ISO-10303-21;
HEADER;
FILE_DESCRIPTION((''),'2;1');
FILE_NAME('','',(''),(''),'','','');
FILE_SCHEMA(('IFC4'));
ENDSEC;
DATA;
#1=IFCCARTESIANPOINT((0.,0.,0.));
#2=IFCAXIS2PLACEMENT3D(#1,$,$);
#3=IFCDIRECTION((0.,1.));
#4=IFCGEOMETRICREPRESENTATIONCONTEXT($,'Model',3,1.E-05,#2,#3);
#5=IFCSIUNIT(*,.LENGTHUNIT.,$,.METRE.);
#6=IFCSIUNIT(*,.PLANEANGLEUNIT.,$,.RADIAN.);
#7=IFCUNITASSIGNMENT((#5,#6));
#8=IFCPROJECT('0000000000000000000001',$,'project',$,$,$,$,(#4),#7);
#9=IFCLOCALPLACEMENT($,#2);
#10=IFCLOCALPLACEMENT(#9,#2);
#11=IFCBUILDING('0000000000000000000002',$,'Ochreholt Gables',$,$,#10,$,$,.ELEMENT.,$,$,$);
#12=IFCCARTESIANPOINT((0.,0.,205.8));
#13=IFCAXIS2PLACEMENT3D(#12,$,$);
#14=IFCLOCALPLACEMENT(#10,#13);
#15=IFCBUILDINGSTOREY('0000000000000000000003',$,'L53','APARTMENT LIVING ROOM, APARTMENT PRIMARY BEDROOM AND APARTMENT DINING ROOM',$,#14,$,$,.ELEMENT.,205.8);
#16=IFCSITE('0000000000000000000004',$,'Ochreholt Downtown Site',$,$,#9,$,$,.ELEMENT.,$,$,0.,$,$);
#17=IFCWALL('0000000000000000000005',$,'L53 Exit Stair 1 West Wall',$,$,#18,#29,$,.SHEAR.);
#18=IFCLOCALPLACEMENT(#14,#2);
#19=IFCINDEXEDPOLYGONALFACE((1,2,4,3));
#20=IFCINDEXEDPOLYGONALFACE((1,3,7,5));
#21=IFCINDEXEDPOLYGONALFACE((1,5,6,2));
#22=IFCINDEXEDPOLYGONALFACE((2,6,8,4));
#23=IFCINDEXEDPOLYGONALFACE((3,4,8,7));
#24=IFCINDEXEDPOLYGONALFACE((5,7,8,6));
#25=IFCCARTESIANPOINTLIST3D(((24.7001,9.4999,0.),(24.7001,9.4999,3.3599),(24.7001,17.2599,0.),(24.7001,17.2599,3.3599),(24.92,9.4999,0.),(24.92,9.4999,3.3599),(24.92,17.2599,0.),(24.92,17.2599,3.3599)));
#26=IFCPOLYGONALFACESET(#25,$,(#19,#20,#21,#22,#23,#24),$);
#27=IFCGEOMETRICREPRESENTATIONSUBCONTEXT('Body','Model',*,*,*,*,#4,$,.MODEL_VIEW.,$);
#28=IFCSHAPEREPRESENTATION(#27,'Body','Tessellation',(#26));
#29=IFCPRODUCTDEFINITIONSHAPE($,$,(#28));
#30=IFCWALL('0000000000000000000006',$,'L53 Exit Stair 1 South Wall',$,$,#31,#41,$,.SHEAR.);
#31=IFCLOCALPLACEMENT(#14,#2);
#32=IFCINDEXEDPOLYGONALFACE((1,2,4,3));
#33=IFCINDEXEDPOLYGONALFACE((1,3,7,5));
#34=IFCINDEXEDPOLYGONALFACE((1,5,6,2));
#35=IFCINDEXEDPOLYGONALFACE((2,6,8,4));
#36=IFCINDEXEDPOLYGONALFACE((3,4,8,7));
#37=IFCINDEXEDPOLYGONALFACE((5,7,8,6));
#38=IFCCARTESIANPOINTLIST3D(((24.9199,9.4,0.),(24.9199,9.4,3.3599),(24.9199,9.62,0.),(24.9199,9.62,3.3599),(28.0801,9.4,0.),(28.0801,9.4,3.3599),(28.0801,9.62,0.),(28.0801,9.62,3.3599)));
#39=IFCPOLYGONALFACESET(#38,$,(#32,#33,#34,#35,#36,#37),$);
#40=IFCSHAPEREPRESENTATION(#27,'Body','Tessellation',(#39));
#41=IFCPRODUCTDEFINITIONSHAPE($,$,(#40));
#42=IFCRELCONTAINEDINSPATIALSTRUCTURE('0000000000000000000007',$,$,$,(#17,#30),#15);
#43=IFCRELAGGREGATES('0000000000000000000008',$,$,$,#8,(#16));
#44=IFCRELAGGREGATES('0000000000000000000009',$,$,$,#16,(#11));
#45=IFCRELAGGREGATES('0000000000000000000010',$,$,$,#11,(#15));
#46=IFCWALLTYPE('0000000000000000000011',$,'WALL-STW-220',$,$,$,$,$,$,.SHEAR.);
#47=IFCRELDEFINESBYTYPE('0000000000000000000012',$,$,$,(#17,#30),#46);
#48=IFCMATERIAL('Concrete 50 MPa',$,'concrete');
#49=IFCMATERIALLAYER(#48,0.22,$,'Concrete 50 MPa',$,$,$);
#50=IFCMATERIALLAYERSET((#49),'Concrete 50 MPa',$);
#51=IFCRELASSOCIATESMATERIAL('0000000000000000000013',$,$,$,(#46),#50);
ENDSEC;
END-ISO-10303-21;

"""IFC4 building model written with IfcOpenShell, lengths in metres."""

from ifc_helpers import new_model, si_unit, direction, frame, frame_2d, origin, place, context, subcontext, project, spatial, rectangle, extrude, material, layer, layer_set, type_object, element, save


model = new_model("IFC4")

# Units and contexts
model_context = context("Model", 3, precision=1e-05, world=origin(), true_north=direction((0.0, 1.0)))
body_context = subcontext(model_context, "Body", "Model", "MODEL_VIEW")
ifc_project = project(units=[si_unit("LENGTHUNIT", "METRE"), si_unit("PLANEANGLEUNIT", "RADIAN")], contexts=[model_context])

# Site, building, storey
site_placement = place(None, origin())
site = spatial("IfcSite", under=ifc_project, at=site_placement, Name="Ochreholt Downtown Site", CompositionType="ELEMENT", RefElevation=0.0)
building_placement = place(site_placement, origin())
building = spatial("IfcBuilding", under=site, at=building_placement, Name="Ochreholt Gables", CompositionType="ELEMENT")
storey_placement = place(building_placement, frame((0.0, 0.0, 205.8)))
storey = spatial("IfcBuildingStorey", under=building, at=storey_placement, Name="L53", Description="APARTMENT LIVING ROOM, APARTMENT PRIMARY BEDROOM AND APARTMENT DINING ROOM", CompositionType="ELEMENT", Elevation=205.8)

# Shared definitions
ifc_material_1 = material(Name="Concrete 50 MPa", Category="concrete")

# Walls
ifc_layer_1 = layer(ifc_material_1, 0.22, Name="Concrete 50 MPa")
ifc_layer_set_1 = layer_set([ifc_layer_1], Name="Concrete 50 MPa")
wall_type_1 = type_object("IfcWallType", Name="WALL-STW-220", PredefinedType="SHEAR", material=ifc_layer_set_1)
wall_1_placement = place(storey_placement, frame((24.8101, 9.5, 0.0), z_axis=(0.0, 0.0, 1.0), x_axis=(0.0, 1.0, 0.0)))
element("IfcWall", 1, at=wall_1_placement, inside=storey, type_object=wall_type_1, Name="L53 Exit Stair 1 West Wall", PredefinedType="SHEAR", context=body_context, shape_type="SweptSolid", body=[
    extrude(rectangle(XDim=7.76, YDim=0.22, at=frame_2d((3.8799, 0.0))), origin(), (0.0, 0.0, 1.0), 3.3599),
])
wall_2_placement = place(storey_placement, frame((24.9199, 9.51, 0.0), z_axis=(0.0, 0.0, 1.0), x_axis=(1.0, 0.0, 0.0)))
element("IfcWall", 2, at=wall_2_placement, inside=storey, type_object=wall_type_1, Name="L53 Exit Stair 1 South Wall", PredefinedType="SHEAR", context=body_context, shape_type="SweptSolid", body=[
    extrude(rectangle(XDim=3.1602, YDim=0.22, at=frame_2d((1.5801, 0.0))), origin(), (0.0, 0.0, 1.0), 3.3599),
])

save(model, "model.ifc")
